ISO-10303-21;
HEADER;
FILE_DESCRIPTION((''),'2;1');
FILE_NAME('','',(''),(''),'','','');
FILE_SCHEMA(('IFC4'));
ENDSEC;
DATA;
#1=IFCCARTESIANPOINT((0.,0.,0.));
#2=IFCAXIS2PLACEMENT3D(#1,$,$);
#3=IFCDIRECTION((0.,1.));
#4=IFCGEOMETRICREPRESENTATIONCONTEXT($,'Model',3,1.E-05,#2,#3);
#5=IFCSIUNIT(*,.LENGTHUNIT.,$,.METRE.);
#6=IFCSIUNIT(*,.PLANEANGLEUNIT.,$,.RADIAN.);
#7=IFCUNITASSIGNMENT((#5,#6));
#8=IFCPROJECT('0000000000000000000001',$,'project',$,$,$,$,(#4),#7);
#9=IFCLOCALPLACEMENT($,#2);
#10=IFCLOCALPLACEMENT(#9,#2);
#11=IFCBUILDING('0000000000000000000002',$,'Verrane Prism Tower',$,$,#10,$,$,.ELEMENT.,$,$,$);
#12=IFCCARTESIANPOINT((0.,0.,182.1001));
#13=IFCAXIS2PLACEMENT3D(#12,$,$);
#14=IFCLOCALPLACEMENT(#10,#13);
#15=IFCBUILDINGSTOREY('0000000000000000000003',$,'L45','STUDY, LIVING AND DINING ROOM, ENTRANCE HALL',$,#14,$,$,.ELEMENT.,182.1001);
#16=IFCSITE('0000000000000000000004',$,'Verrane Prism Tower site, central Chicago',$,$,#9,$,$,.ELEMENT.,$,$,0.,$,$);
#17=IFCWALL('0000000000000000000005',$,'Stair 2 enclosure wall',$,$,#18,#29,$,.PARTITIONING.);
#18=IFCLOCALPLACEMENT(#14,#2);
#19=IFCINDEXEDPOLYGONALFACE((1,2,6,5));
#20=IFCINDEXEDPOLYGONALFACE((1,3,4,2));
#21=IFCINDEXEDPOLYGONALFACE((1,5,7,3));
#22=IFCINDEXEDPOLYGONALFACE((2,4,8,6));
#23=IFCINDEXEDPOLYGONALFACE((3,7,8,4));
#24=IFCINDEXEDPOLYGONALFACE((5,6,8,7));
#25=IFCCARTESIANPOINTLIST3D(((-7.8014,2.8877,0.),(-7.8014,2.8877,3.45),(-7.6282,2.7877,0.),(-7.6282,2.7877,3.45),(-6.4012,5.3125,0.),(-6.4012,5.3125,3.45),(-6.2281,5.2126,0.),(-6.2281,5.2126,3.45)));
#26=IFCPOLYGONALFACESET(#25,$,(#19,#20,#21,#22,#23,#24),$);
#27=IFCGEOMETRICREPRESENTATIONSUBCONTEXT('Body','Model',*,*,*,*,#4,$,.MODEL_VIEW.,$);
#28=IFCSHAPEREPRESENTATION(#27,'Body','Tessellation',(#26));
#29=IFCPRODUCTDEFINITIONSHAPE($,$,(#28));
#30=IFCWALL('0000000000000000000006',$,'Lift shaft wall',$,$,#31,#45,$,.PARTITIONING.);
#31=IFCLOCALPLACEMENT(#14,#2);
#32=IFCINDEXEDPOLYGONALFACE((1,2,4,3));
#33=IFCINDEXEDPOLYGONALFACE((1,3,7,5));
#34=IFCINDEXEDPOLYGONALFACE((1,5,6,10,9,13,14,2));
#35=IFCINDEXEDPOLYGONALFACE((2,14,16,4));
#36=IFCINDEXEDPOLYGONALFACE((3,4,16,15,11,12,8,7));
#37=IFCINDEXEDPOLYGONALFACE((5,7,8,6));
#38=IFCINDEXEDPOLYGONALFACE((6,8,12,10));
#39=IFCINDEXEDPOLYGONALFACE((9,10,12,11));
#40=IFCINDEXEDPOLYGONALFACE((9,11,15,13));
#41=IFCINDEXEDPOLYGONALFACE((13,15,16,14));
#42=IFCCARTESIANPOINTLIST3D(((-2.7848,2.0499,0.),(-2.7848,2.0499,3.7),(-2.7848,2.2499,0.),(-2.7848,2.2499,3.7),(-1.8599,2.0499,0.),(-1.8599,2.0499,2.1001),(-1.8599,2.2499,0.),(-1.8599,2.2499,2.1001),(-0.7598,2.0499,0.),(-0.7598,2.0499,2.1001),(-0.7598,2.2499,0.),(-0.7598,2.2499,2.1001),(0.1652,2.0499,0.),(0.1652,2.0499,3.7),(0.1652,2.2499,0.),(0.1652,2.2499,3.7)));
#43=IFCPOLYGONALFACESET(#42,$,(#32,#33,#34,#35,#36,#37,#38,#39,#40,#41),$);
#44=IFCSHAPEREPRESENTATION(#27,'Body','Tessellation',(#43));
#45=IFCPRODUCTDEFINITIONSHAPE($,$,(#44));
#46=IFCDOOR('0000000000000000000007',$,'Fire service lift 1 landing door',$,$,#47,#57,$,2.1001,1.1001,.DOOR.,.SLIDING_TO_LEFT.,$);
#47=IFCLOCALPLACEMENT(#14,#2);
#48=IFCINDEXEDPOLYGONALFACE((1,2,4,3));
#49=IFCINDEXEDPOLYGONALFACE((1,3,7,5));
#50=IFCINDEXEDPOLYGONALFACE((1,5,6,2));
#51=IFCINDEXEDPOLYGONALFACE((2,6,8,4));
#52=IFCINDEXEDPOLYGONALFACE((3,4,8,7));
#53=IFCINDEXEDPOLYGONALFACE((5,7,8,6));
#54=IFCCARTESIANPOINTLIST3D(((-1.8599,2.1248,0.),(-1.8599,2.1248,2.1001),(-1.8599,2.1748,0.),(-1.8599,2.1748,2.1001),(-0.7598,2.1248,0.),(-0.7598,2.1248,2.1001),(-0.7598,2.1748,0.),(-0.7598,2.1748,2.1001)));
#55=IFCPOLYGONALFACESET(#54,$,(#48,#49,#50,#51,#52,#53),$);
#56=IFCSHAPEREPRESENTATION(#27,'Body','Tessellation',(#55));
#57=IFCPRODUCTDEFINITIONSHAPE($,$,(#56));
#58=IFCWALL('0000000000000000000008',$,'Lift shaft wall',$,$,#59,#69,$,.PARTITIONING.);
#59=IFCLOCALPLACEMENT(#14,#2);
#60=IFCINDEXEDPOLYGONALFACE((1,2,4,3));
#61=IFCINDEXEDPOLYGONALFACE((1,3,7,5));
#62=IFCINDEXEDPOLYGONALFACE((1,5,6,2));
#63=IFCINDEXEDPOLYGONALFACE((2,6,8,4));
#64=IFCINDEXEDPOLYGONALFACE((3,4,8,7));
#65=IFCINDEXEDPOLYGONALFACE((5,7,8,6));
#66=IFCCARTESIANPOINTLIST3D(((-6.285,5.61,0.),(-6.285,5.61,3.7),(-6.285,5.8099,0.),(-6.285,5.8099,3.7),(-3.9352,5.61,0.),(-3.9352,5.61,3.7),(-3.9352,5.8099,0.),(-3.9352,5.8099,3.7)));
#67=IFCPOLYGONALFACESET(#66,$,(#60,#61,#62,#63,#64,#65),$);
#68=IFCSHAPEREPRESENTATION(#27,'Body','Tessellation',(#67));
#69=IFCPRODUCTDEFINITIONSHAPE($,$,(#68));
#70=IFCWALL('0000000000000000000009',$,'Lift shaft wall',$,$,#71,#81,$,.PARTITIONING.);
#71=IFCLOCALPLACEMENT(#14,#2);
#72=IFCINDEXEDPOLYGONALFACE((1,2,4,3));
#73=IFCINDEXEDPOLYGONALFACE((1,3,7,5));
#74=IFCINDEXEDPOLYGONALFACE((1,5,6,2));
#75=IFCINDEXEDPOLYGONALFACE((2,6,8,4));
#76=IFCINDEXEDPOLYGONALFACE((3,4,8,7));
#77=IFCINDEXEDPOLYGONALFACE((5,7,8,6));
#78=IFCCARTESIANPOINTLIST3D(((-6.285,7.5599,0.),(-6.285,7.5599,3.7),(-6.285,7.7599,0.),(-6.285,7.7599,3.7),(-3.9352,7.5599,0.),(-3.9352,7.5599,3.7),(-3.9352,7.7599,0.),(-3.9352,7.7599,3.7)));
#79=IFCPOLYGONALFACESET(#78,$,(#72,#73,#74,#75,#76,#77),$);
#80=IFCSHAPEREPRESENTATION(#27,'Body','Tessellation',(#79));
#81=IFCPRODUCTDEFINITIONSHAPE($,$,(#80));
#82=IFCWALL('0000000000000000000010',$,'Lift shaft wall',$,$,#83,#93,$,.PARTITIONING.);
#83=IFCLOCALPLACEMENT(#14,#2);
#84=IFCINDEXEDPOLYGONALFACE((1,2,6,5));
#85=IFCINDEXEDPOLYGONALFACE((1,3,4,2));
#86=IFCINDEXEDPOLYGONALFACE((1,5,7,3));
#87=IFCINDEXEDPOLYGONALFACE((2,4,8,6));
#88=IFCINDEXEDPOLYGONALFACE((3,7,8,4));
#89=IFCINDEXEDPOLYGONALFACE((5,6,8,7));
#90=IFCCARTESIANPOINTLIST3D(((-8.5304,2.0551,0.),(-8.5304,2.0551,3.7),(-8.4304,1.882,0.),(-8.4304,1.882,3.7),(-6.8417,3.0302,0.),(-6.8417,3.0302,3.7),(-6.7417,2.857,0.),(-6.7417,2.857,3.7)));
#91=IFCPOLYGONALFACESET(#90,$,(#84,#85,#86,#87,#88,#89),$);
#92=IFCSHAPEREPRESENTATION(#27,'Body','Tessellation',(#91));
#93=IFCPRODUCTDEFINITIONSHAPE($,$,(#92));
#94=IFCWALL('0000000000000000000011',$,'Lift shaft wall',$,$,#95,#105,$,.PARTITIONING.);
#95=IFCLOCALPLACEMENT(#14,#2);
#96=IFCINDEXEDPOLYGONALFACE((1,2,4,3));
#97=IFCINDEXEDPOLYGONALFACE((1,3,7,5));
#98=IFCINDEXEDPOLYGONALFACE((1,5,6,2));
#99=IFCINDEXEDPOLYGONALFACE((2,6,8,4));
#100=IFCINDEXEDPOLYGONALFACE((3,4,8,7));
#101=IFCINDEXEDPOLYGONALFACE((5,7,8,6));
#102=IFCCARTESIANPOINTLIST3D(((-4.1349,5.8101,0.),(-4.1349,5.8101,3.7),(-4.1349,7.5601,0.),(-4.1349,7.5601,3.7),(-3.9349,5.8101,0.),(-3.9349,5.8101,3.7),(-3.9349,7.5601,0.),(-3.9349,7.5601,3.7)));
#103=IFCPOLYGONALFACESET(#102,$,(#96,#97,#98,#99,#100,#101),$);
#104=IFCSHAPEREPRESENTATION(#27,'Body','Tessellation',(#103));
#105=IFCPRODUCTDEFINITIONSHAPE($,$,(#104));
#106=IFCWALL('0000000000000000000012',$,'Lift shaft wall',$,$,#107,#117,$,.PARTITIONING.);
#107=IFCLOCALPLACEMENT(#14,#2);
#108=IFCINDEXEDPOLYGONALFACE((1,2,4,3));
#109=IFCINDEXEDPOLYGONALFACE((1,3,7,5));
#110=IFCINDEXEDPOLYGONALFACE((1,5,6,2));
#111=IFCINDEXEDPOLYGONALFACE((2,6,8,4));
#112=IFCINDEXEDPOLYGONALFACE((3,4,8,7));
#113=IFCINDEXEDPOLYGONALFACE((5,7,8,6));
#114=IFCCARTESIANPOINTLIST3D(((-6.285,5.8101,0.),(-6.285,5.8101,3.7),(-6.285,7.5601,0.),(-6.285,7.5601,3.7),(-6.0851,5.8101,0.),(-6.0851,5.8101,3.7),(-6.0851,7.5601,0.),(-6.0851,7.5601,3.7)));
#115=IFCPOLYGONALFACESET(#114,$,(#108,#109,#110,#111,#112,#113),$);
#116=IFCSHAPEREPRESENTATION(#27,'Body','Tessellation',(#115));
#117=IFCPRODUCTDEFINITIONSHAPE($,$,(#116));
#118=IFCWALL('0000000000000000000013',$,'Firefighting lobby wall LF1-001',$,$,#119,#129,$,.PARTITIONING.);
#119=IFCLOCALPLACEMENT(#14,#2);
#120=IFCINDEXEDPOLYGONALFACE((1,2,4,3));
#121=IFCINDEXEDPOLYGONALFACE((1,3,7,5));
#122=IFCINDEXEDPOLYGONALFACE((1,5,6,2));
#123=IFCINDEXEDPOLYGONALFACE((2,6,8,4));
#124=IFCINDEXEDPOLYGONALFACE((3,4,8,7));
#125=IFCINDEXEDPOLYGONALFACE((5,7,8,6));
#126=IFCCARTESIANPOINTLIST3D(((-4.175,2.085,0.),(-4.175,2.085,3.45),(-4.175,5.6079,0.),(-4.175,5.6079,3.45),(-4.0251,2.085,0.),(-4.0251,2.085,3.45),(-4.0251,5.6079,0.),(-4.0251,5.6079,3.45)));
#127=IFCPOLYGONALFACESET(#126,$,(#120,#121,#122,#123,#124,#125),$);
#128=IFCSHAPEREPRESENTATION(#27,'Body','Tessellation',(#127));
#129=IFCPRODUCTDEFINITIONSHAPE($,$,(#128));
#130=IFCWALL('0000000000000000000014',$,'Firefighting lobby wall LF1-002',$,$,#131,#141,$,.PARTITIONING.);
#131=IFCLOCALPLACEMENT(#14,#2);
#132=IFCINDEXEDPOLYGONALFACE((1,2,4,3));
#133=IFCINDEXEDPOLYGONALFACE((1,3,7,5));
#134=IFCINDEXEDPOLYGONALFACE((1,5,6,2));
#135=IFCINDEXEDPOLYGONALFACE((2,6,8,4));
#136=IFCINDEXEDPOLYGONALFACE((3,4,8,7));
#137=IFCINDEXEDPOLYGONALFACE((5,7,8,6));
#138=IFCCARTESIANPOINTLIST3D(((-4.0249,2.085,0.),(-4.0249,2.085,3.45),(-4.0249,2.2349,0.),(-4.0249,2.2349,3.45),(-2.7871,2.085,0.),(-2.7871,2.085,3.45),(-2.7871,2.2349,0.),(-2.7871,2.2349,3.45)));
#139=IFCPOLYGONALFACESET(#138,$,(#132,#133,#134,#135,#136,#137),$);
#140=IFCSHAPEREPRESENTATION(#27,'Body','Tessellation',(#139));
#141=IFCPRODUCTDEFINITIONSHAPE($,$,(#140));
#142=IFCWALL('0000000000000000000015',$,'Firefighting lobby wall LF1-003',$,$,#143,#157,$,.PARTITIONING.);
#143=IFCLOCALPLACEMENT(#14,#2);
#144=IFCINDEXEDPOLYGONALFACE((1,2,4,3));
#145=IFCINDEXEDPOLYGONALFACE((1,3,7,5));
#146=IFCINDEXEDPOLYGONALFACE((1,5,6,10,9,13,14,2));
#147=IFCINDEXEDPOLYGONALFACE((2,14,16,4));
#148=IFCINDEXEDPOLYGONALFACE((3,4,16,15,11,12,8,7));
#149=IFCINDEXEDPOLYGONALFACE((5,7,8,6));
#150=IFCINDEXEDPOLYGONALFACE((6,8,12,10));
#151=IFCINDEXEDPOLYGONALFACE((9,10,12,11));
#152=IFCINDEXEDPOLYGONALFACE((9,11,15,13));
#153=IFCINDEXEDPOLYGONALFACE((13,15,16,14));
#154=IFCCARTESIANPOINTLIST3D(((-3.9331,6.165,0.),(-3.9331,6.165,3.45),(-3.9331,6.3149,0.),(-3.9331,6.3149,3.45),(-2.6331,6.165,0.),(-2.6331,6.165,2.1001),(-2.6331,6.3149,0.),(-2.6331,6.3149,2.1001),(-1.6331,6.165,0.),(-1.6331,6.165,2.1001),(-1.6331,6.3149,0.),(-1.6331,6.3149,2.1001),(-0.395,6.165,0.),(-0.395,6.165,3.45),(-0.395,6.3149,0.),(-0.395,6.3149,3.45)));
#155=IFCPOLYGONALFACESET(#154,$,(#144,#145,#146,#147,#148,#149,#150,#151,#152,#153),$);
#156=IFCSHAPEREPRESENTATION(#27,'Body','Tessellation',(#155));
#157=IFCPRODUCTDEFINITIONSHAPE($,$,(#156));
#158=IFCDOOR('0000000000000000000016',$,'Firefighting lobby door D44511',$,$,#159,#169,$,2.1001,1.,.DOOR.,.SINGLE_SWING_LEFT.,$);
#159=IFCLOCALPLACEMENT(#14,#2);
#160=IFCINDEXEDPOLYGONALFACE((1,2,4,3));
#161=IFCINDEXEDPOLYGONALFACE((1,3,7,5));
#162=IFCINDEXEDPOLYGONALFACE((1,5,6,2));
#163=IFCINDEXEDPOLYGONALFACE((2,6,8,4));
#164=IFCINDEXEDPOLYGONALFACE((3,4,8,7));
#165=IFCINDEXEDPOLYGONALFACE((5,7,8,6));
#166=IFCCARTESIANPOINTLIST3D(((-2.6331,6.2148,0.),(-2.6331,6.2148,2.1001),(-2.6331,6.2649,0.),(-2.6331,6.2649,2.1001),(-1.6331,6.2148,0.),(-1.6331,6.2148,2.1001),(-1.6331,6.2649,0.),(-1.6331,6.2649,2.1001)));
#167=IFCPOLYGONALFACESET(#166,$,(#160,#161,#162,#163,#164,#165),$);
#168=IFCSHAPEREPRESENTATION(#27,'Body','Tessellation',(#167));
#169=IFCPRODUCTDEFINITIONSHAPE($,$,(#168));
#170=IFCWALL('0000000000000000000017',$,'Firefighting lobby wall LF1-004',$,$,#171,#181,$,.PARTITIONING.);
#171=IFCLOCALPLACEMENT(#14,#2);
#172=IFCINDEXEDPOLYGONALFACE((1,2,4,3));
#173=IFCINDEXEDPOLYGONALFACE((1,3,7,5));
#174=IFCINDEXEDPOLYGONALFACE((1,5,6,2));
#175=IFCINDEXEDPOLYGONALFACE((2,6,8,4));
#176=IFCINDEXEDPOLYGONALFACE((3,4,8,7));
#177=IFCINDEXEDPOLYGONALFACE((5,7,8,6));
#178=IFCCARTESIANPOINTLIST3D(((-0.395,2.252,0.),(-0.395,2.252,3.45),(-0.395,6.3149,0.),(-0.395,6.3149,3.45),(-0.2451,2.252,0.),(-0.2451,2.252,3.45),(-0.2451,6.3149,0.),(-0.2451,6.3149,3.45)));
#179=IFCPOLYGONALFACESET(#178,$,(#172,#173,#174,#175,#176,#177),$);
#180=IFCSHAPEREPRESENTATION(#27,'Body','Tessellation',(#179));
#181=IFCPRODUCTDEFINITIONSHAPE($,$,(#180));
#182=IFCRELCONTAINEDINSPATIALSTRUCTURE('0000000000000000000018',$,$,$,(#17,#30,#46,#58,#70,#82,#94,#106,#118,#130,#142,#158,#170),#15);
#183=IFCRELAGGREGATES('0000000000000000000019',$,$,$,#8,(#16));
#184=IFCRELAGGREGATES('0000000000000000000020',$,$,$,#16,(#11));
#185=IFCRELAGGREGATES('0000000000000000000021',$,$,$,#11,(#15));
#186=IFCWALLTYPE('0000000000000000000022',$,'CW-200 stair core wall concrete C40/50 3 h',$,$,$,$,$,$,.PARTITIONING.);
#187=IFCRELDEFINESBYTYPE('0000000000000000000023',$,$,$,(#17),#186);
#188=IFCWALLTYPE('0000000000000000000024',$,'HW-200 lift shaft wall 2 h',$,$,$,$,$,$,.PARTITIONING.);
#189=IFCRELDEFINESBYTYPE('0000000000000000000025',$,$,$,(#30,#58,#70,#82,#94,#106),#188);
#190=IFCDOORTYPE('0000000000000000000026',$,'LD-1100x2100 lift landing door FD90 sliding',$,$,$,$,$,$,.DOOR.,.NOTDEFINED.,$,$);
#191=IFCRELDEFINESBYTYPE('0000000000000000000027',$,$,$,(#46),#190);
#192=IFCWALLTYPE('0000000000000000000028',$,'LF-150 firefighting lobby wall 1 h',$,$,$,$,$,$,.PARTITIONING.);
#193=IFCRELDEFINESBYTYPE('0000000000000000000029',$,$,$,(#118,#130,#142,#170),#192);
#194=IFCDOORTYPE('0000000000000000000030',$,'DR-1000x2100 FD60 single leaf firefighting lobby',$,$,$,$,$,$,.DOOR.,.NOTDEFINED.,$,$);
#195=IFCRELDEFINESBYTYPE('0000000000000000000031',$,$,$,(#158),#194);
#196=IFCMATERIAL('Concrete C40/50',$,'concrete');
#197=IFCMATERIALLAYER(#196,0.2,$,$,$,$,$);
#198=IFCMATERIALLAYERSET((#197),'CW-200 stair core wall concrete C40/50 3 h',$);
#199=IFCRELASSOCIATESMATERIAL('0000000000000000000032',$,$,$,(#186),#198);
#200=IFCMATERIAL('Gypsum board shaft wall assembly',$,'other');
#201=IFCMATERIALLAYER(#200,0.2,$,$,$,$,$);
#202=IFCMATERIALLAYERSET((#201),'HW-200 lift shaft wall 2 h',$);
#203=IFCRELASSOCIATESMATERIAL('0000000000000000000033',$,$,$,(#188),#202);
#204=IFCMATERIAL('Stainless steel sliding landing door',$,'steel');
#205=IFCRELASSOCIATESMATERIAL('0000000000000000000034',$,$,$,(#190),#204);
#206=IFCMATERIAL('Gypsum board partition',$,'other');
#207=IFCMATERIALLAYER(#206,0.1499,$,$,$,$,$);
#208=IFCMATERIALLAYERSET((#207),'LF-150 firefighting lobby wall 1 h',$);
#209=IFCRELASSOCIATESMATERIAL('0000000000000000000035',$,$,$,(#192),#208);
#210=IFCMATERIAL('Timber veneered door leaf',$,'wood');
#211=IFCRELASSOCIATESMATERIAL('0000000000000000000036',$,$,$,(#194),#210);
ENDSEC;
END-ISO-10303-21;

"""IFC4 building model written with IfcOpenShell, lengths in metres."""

from ifc_helpers import new_model, si_unit, direction, frame, frame_2d, origin, place, context, subcontext, project, spatial, rectangle, extrude, material, layer, layer_set, type_object, element, fill, save


model = new_model("IFC4")

# Units and contexts
model_context = context("Model", 3, precision=1e-05, world=origin(), true_north=direction((0.0, 1.0)))
body_context = subcontext(model_context, "Body", "Model", "MODEL_VIEW")
ifc_project = project(units=[si_unit("LENGTHUNIT", "METRE"), si_unit("PLANEANGLEUNIT", "RADIAN")], contexts=[model_context])

# Site, building, storey
site_placement = place(None, origin())
site = spatial("IfcSite", under=ifc_project, at=site_placement, Name="Verrane Prism Tower site, central Chicago", CompositionType="ELEMENT", RefElevation=0.0)
building_placement = place(site_placement, origin())
building = spatial("IfcBuilding", under=site, at=building_placement, Name="Verrane Prism Tower", CompositionType="ELEMENT")
storey_placement = place(building_placement, frame((0.0, 0.0, 182.1001)))
storey = spatial("IfcBuildingStorey", under=building, at=storey_placement, Name="L45", Description="STUDY, LIVING AND DINING ROOM, ENTRANCE HALL", CompositionType="ELEMENT", Elevation=182.1001)

# Wall
ifc_material_1 = material(Name="Concrete C40/50", Category="concrete")
ifc_layer_1 = layer(ifc_material_1, 0.2)
ifc_layer_set_1 = layer_set([ifc_layer_1], Name="CW-200 stair core wall concrete C40/50 3 h")
wall_type_1 = type_object("IfcWallType", Name="CW-200 stair core wall concrete C40/50 3 h", PredefinedType="PARTITIONING", material=ifc_layer_set_1)
wall_1_placement = place(storey_placement, frame((-6.3147, 5.2625, 0.0), z_axis=(0.0, 0.0, 1.0), x_axis=(-0.50005, -0.865997, 0.0)))
element("IfcWall", 1, at=wall_1_placement, inside=storey, type_object=wall_type_1, Name="Stair 2 enclosure wall", PredefinedType="PARTITIONING", context=body_context, shape_type="SweptSolid", body=[
    extrude(rectangle(XDim=2.8, YDim=0.2, at=frame_2d((1.3999, 0.0))), origin(), (0.0, 0.0, 1.0), 3.45),
])

# Wall, opening, door
ifc_material_2 = material(Name="Gypsum board shaft wall assembly", Category="other")
ifc_layer_2 = layer(ifc_material_2, 0.2)
ifc_layer_set_2 = layer_set([ifc_layer_2], Name="HW-200 lift shaft wall 2 h")
wall_type_2 = type_object("IfcWallType", Name="HW-200 lift shaft wall 2 h", PredefinedType="PARTITIONING", material=ifc_layer_set_2)
wall_2_placement = place(storey_placement, frame((-2.7849, 2.1499, 0.0), z_axis=(0.0, 0.0, 1.0), x_axis=(1.0, 0.0, 0.0)))
wall_2 = element("IfcWall", 2, at=wall_2_placement, inside=storey, type_object=wall_type_2, Name="Lift shaft wall", PredefinedType="PARTITIONING", context=body_context, shape_type="SweptSolid", body=[
    extrude(rectangle(XDim=2.95, YDim=0.2, at=frame_2d((1.4751, 0.0))), origin(), (0.0, 0.0, 1.0), 3.7),
])
opening_1_placement = place(wall_2_placement, frame((0.925, 0.0, 0.0)))
opening_1 = element("IfcOpeningElement", 3, at=opening_1_placement, cuts=wall_2, PredefinedType="OPENING", context=body_context, shape_type="SweptSolid", body=[
    extrude(rectangle(XDim=1.1001, YDim=2.1001, at=frame_2d((0.55, 1.05))), frame((0.0, 0.1099, 0.0), z_axis=(0.0, -1.0, 0.0), x_axis=(1.0, 0.0, 0.0)), (0.0, 0.0, 1.0), 0.22),
])
ifc_material_3 = material(Name="Stainless steel sliding landing door", Category="steel")
door_type_1 = type_object("IfcDoorType", Name="LD-1100x2100 lift landing door FD90 sliding", OperationType="NOTDEFINED", PredefinedType="DOOR", material=ifc_material_3)
door_1_placement = place(opening_1_placement, origin())
door_1 = element("IfcDoor", 4, at=door_1_placement, inside=storey, type_object=door_type_1, Name="Fire service lift 1 landing door", OperationType="SLIDING_TO_LEFT", OverallHeight=2.1001, OverallWidth=1.1001, PredefinedType="DOOR", context=body_context, shape_type="SweptSolid", body=[
    extrude(rectangle(XDim=1.1001, YDim=2.1001, at=frame_2d((0.55, 1.05))), frame((0.0, 0.0249, 0.0), z_axis=(0.0, -1.0, 0.0), x_axis=(1.0, 0.0, 0.0)), (0.0, 0.0, 1.0), 0.05),
])
fill(opening_1, door_1)

# Walls
for number, where, z_axis, x_axis, name in (
    (5, (-6.2849, 5.71, 0.0), (0.0, 0.0, 1.0), (1.0, 0.0, 0.0), "Lift shaft wall"),
    (6, (-6.2849, 7.6599, 0.0), (0.0, 0.0, 1.0), (1.0, 0.0, 0.0), "Lift shaft wall"),
):
    element("IfcWall", number, at=place(storey_placement, frame(where, z_axis=z_axis, x_axis=x_axis)), inside=storey, type_object=wall_type_2, Name=name, PredefinedType="PARTITIONING", context=body_context, shape_type="SweptSolid", body=[
        extrude(rectangle(XDim=2.3499, YDim=0.2, at=frame_2d((1.1748, 0.0))), origin(), (0.0, 0.0, 1.0), 3.7),
    ])
wall_3_placement = place(storey_placement, frame((-8.4805, 1.9685, 0.0), z_axis=(0.0, 0.0, 1.0), x_axis=(0.866, 0.500044, 0.0)))
element("IfcWall", 7, at=wall_3_placement, inside=storey, type_object=wall_type_2, Name="Lift shaft wall", PredefinedType="PARTITIONING", context=body_context, shape_type="SweptSolid", body=[
    extrude(rectangle(XDim=1.95, YDim=0.2, at=frame_2d((0.9751, 0.0))), origin(), (0.0, 0.0, 1.0), 3.7),
])
for number, where, z_axis, x_axis, name in (
    (8, (-4.0349, 5.8101, 0.0), (0.0, 0.0, 1.0), (0.0, 1.0, 0.0), "Lift shaft wall"),
    (9, (-6.1851, 5.8101, 0.0), (0.0, 0.0, 1.0), (0.0, 1.0, 0.0), "Lift shaft wall"),
):
    element("IfcWall", number, at=place(storey_placement, frame(where, z_axis=z_axis, x_axis=x_axis)), inside=storey, type_object=wall_type_2, Name=name, PredefinedType="PARTITIONING", context=body_context, shape_type="SweptSolid", body=[
        extrude(rectangle(XDim=1.75, YDim=0.2, at=frame_2d((0.875, 0.0))), origin(), (0.0, 0.0, 1.0), 3.7),
    ])
ifc_material_4 = material(Name="Gypsum board partition", Category="other")
ifc_layer_3 = layer(ifc_material_4, 0.1499)
ifc_layer_set_3 = layer_set([ifc_layer_3], Name="LF-150 firefighting lobby wall 1 h")
wall_type_3 = type_object("IfcWallType", Name="LF-150 firefighting lobby wall 1 h", PredefinedType="PARTITIONING", material=ifc_layer_set_3)
wall_4_placement = place(storey_placement, frame((-4.1001, 2.085, 0.0), z_axis=(0.0, 0.0, 1.0), x_axis=(0.0, 1.0, 0.0)))
element("IfcWall", 10, at=wall_4_placement, inside=storey, type_object=wall_type_3, Name="Firefighting lobby wall LF1-001", PredefinedType="PARTITIONING", context=body_context, shape_type="SweptSolid", body=[
    extrude(rectangle(XDim=3.5229, YDim=0.1499, at=frame_2d((1.7615, 0.0))), origin(), (0.0, 0.0, 1.0), 3.45),
])
wall_5_placement = place(storey_placement, frame((-4.0249, 2.1599, 0.0), z_axis=(0.0, 0.0, 1.0), x_axis=(1.0, 0.0, 0.0)))
element("IfcWall", 11, at=wall_5_placement, inside=storey, type_object=wall_type_3, Name="Firefighting lobby wall LF1-002", PredefinedType="PARTITIONING", context=body_context, shape_type="SweptSolid", body=[
    extrude(rectangle(XDim=1.2378, YDim=0.1499, at=frame_2d((0.6189, 0.0))), origin(), (0.0, 0.0, 1.0), 3.45),
])

# Wall, opening, door
wall_6_placement = place(storey_placement, frame((-3.9331, 6.24, 0.0), z_axis=(0.0, 0.0, 1.0), x_axis=(1.0, 0.0, 0.0)))
wall_6 = element("IfcWall", 12, at=wall_6_placement, inside=storey, type_object=wall_type_3, Name="Firefighting lobby wall LF1-003", PredefinedType="PARTITIONING", context=body_context, shape_type="SweptSolid", body=[
    extrude(rectangle(XDim=3.5381, YDim=0.1499, at=frame_2d((1.769, 0.0))), origin(), (0.0, 0.0, 1.0), 3.45),
])
opening_2_placement = place(wall_6_placement, frame((1.3, 0.0, 0.0)))
opening_2 = element("IfcOpeningElement", 13, at=opening_2_placement, cuts=wall_6, PredefinedType="OPENING", context=body_context, shape_type="SweptSolid", body=[
    extrude(rectangle(XDim=1.0, YDim=2.1001, at=frame_2d((0.5, 1.05))), frame((0.0, 0.085, 0.0), z_axis=(0.0, -1.0, 0.0), x_axis=(1.0, 0.0, 0.0)), (0.0, 0.0, 1.0), 0.1699),
])
ifc_material_5 = material(Name="Timber veneered door leaf", Category="wood")
door_type_2 = type_object("IfcDoorType", Name="DR-1000x2100 FD60 single leaf firefighting lobby", OperationType="NOTDEFINED", PredefinedType="DOOR", material=ifc_material_5)
door_2_placement = place(opening_2_placement, origin())
door_2 = element("IfcDoor", 14, at=door_2_placement, inside=storey, type_object=door_type_2, Name="Firefighting lobby door D44511", OperationType="SINGLE_SWING_LEFT", OverallHeight=2.1001, OverallWidth=1.0, PredefinedType="DOOR", context=body_context, shape_type="SweptSolid", body=[
    extrude(rectangle(XDim=1.0, YDim=2.1001, at=frame_2d((0.5, 1.05))), frame((0.0, 0.0249, 0.0), z_axis=(0.0, -1.0, 0.0), x_axis=(1.0, 0.0, 0.0)), (0.0, 0.0, 1.0), 0.05),
])
fill(opening_2, door_2)

# Wall
wall_7_placement = place(storey_placement, frame((-0.3201, 2.252, 0.0), z_axis=(0.0, 0.0, 1.0), x_axis=(0.0, 1.0, 0.0)))
element("IfcWall", 15, at=wall_7_placement, inside=storey, type_object=wall_type_3, Name="Firefighting lobby wall LF1-004", PredefinedType="PARTITIONING", context=body_context, shape_type="SweptSolid", body=[
    extrude(rectangle(XDim=4.063, YDim=0.1499, at=frame_2d((2.0315, 0.0))), origin(), (0.0, 0.0, 1.0), 3.45),
])

save(model, "model.ifc")
